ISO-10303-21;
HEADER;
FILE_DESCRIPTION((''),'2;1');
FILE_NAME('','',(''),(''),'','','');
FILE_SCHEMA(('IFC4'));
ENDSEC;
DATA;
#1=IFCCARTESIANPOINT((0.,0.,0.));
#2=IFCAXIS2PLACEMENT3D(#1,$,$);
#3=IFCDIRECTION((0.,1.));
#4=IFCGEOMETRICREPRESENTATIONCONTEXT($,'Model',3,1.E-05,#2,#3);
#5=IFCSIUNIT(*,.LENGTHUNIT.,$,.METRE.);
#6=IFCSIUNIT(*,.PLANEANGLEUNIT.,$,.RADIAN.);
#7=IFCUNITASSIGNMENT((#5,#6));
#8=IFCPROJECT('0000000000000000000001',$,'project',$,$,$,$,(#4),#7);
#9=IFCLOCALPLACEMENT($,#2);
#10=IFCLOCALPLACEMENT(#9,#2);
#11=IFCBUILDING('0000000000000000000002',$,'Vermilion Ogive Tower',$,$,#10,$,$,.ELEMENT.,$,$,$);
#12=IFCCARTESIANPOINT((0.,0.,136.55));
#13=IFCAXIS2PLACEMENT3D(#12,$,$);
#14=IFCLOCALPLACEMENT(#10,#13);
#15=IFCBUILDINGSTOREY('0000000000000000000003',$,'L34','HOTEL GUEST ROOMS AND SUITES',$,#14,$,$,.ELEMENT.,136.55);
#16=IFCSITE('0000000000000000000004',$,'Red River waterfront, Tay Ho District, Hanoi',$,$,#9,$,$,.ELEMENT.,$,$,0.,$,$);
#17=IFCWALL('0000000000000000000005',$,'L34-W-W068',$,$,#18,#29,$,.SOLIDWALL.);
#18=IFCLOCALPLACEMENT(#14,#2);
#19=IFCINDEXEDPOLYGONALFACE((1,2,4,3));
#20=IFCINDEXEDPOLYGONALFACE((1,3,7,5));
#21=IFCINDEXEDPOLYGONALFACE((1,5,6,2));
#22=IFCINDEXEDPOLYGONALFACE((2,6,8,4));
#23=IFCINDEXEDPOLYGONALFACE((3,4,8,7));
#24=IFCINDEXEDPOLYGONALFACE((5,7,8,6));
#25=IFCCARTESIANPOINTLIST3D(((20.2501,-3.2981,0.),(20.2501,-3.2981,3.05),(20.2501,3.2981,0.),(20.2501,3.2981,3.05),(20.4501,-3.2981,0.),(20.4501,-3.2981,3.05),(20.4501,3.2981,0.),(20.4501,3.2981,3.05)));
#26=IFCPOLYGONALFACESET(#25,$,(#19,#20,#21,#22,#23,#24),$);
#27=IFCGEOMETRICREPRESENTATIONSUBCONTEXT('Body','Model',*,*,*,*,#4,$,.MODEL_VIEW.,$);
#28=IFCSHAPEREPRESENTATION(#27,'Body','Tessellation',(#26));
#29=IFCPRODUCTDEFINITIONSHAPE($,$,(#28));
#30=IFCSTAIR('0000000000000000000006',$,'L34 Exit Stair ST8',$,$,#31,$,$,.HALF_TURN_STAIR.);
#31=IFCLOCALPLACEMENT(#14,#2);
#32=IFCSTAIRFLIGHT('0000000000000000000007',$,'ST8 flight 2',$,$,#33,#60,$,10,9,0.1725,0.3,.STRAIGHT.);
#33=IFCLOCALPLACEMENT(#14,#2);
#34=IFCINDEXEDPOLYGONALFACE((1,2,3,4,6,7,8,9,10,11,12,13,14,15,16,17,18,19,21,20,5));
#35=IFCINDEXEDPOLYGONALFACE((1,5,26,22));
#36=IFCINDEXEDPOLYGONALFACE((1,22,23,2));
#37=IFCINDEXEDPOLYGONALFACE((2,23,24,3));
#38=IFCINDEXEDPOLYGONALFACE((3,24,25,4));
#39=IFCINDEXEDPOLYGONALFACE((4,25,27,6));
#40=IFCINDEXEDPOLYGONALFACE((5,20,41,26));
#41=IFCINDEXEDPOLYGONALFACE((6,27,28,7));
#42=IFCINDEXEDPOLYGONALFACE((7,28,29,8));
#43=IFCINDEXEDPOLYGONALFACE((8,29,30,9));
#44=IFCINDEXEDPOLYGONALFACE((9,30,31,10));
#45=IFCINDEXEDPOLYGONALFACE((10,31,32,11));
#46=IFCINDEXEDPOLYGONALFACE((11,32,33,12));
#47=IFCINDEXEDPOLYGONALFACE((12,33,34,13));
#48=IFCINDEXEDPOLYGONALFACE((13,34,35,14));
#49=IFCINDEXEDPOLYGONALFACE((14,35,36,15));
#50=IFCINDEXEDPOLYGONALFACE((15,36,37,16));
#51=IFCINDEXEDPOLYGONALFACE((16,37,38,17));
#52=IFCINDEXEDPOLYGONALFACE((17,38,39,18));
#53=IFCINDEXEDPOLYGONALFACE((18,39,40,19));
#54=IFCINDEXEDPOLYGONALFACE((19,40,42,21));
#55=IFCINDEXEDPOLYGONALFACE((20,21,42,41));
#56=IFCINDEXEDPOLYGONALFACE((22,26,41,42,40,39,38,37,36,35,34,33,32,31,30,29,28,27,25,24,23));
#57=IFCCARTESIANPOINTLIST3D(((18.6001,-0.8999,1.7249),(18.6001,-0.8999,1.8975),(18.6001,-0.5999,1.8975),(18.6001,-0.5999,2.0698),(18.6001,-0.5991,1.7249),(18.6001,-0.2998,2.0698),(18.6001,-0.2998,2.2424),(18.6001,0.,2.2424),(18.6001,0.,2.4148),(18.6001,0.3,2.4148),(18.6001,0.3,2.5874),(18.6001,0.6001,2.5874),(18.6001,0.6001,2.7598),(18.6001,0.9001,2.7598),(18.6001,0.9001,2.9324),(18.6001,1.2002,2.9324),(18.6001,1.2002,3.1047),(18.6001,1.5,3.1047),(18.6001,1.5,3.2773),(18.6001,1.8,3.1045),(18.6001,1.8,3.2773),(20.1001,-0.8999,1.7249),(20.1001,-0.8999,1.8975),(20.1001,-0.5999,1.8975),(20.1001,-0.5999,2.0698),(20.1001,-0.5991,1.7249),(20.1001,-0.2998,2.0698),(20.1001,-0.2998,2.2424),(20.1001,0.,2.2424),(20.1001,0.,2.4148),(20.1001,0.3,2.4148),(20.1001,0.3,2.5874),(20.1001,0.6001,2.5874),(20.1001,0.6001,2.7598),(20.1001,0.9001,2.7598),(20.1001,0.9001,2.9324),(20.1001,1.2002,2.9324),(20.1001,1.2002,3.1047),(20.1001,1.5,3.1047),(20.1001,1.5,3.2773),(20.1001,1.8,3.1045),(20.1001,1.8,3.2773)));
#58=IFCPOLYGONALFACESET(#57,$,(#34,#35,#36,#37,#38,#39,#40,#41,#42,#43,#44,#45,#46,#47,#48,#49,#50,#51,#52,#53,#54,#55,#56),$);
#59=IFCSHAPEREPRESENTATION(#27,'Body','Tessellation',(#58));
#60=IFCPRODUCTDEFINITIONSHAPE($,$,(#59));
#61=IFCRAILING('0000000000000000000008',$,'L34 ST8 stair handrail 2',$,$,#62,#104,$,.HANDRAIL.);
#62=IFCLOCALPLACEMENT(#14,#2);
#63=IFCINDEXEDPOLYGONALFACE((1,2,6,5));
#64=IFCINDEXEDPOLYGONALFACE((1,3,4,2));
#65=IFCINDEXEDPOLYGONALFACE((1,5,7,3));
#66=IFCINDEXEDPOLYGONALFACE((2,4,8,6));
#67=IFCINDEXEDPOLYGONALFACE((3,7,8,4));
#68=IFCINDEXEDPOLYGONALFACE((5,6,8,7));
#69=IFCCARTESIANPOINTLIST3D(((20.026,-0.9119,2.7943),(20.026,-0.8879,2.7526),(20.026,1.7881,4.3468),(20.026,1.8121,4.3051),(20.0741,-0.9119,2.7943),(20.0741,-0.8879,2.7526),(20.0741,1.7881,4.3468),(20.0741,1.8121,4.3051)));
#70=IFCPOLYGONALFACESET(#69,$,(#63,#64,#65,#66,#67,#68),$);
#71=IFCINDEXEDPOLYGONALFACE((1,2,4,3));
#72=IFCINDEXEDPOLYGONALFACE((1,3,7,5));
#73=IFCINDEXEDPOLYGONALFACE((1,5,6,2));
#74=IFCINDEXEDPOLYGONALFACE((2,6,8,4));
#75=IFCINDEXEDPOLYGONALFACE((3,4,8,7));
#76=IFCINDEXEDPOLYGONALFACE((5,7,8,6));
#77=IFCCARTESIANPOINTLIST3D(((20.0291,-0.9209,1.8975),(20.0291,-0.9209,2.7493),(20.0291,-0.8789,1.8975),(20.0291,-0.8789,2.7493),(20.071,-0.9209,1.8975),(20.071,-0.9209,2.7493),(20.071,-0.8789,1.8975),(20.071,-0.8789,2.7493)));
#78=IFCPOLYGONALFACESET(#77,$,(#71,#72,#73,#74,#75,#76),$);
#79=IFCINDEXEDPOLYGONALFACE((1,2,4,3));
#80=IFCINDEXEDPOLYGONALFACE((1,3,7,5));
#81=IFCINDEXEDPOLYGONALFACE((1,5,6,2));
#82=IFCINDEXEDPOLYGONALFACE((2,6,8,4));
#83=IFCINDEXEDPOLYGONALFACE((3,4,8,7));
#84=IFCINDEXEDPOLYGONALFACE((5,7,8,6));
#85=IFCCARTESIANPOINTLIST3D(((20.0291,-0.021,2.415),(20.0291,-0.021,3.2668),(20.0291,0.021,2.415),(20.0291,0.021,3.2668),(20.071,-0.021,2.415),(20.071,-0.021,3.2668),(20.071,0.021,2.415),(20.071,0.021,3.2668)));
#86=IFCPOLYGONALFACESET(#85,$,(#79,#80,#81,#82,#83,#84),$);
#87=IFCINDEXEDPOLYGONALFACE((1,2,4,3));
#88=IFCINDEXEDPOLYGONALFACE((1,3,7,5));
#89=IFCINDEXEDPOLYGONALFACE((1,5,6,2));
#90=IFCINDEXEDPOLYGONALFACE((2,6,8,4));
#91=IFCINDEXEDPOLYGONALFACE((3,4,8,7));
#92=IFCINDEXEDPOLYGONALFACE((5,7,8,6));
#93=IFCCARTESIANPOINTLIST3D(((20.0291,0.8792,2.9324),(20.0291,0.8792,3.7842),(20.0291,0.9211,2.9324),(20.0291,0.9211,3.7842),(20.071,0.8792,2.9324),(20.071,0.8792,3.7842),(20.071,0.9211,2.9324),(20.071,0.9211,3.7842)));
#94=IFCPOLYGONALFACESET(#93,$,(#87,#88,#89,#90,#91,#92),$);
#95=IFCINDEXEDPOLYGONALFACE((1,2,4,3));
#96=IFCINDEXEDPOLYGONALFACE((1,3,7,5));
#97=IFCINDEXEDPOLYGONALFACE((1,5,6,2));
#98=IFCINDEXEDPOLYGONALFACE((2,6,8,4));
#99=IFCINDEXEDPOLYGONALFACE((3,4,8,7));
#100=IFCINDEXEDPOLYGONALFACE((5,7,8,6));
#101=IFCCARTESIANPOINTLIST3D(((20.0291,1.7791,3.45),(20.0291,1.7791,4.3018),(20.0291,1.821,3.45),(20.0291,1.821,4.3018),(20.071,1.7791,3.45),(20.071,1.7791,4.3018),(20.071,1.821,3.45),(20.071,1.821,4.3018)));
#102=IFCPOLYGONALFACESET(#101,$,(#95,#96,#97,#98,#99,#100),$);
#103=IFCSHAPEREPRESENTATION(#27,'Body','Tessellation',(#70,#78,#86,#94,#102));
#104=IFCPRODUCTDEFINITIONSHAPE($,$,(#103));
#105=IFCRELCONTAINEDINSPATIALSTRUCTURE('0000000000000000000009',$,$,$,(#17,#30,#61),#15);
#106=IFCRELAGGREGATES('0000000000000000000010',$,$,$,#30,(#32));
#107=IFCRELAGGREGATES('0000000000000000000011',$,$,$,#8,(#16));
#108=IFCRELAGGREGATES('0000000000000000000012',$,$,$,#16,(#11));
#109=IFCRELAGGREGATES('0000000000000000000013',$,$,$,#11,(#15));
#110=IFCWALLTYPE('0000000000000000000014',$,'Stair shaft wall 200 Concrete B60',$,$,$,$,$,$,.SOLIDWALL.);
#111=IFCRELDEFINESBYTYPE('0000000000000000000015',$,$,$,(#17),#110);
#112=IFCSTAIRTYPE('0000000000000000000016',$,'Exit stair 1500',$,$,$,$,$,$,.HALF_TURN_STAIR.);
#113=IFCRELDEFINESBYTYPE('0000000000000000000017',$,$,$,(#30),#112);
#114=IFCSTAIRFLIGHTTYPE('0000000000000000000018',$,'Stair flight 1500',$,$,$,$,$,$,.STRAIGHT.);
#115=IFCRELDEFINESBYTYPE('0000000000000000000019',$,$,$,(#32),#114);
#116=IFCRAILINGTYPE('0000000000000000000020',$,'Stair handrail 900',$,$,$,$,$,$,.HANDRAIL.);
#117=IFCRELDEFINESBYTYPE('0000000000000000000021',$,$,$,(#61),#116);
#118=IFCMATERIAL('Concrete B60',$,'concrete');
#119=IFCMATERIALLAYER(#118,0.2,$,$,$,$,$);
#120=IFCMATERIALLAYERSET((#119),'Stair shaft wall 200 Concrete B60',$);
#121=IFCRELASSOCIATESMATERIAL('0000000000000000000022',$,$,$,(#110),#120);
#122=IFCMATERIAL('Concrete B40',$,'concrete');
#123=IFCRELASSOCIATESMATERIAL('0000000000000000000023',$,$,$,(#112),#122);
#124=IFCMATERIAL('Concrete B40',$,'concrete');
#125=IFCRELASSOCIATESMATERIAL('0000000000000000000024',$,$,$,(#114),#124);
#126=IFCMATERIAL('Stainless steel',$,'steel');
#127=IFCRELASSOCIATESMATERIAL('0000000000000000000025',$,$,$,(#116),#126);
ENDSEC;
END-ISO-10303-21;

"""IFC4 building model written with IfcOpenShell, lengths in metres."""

from ifc_helpers import new_model, si_unit, direction, frame, frame_2d, origin, origin_2d, place, context, subcontext, project, spatial, polyline, rectangle, outline, extrude, material, layer, layer_set, type_object, element, aggregate, save


model = new_model("IFC4")

# Units and contexts
model_context = context("Model", 3, precision=1e-05, world=origin(), true_north=direction((0.0, 1.0)))
body_context = subcontext(model_context, "Body", "Model", "MODEL_VIEW")
ifc_project = project(units=[si_unit("LENGTHUNIT", "METRE"), si_unit("PLANEANGLEUNIT", "RADIAN")], contexts=[model_context])

# Site, building, storey
site_placement = place(None, origin())
site = spatial("IfcSite", under=ifc_project, at=site_placement, Name="Red River waterfront, Tay Ho District, Hanoi", CompositionType="ELEMENT", RefElevation=0.0)
building_placement = place(site_placement, origin())
building = spatial("IfcBuilding", under=site, at=building_placement, Name="Vermilion Ogive Tower", CompositionType="ELEMENT")
storey_placement = place(building_placement, frame((0.0, 0.0, 136.55)))
storey = spatial("IfcBuildingStorey", under=building, at=storey_placement, Name="L34", Description="HOTEL GUEST ROOMS AND SUITES", CompositionType="ELEMENT", Elevation=136.55)

# Shared definitions
ifc_material_1 = material(Name="Concrete B60", Category="concrete")
ifc_layer_1 = layer(ifc_material_1, 0.2)
ifc_layer_set_1 = layer_set([ifc_layer_1], Name="Stair shaft wall 200 Concrete B60")
wall_type_1 = type_object("IfcWallType", Name="Stair shaft wall 200 Concrete B60", PredefinedType="SOLIDWALL", material=ifc_layer_set_1)

# Wall
wall_1_placement = place(storey_placement, frame((20.3501, -3.2981, 0.0), z_axis=(0.0, 0.0, 1.0), x_axis=(0.0, 1.0, 0.0)))
element("IfcWall", 1, at=wall_1_placement, inside=storey, type_object=wall_type_1, Name="L34-W-W068", PredefinedType="SOLIDWALL", context=body_context, shape_type="SweptSolid", body=[
    extrude(rectangle(XDim=6.5962, YDim=0.2, at=frame_2d((3.2981, 0.0))), origin(), (0.0, 0.0, 1.0), 3.05),
])

# Stair, stair flight
ifc_material_2 = material(Name="Concrete B40", Category="concrete")
stair_type = type_object("IfcStairType", Name="Exit stair 1500", PredefinedType="HALF_TURN_STAIR", material=ifc_material_2)
stair_placement = place(storey_placement, origin())
stair = element("IfcStair", 2, at=stair_placement, inside=storey, type_object=stair_type, Name="L34 Exit Stair ST8", PredefinedType="HALF_TURN_STAIR")
ifc_material_3 = material(Name="Concrete B40", Category="concrete")
stair_flight_type = type_object("IfcStairFlightType", Name="Stair flight 1500", PredefinedType="STRAIGHT", material=ifc_material_3)
stair_flight_placement = place(storey_placement, frame((19.3501, -0.8999, 1.7249), z_axis=(0.0, 0.0, 1.0), x_axis=(0.0, 1.0, 0.0)))
stair_flight = element("IfcStairFlight", 3, at=stair_flight_placement, type_object=stair_flight_type, Name="ST8 flight 2", NumberOfRisers=10, NumberOfTreads=9, PredefinedType="STRAIGHT", RiserHeight=0.1725, TreadLength=0.3, context=body_context, shape_type="SweptSolid", body=[
    extrude(outline(polyline([(0.0, 0.0), (0.0, 0.1726), (0.3, 0.1726), (0.3, 0.345), (0.6001, 0.345), (0.6001, 0.5176), (0.8999, 0.5176), (0.8999, 0.6899), (1.2, 0.6899), (1.2, 0.8625), (1.5, 0.8625), (1.5, 1.0349), (1.8, 1.0349), (1.8, 1.2075), (2.1001, 1.2075), (2.1001, 1.3799), (2.3999, 1.3799), (2.3999, 1.5525), (2.7, 1.5525), (2.7, 1.7251), (2.7, 1.3796), (0.3008, 0.0), (0.0, 0.0)])), frame((0.0, 0.75, 0.0), z_axis=(0.0, -1.0, 0.0), x_axis=(1.0, 0.0, 0.0)), (0.0, 0.0, 1.0), 1.5),
])
aggregate(stair, [stair_flight])

# Railing
ifc_material_4 = material(Name="Stainless steel", Category="steel")
railing_type = type_object("IfcRailingType", Name="Stair handrail 900", PredefinedType="HANDRAIL", material=ifc_material_4)
railing_placement = place(storey_placement, frame((20.05, -0.8999, 1.8975)))
element("IfcRailing", 4, at=railing_placement, inside=storey, type_object=railing_type, Name="L34 ST8 stair handrail 2", PredefinedType="HANDRAIL", context=body_context, shape_type="SweptSolid", body=[
    extrude(rectangle(XDim=0.0481, YDim=0.0481, at=origin_2d()), frame((0.0, 0.0, 0.876), z_axis=(0.0, 0.866904, 0.498476), x_axis=(-1.0, 0.0, 0.0)), (0.0, 0.0, 1.0), 3.1145),
    extrude(rectangle(XDim=0.042, YDim=0.042, at=origin_2d()), origin(), (0.0, 0.0, 1.0), 0.8518),
    extrude(rectangle(XDim=0.042, YDim=0.042, at=origin_2d()), frame((0.0, 0.8999, 0.5176)), (0.0, 0.0, 1.0), 0.8518),
    extrude(rectangle(XDim=0.042, YDim=0.042, at=origin_2d()), frame((0.0, 1.8, 1.0349)), (0.0, 0.0, 1.0), 0.8518),
    extrude(rectangle(XDim=0.042, YDim=0.042, at=origin_2d()), frame((0.0, 2.7, 1.5525)), (0.0, 0.0, 1.0), 0.8518),
])

save(model, "model.ifc")
